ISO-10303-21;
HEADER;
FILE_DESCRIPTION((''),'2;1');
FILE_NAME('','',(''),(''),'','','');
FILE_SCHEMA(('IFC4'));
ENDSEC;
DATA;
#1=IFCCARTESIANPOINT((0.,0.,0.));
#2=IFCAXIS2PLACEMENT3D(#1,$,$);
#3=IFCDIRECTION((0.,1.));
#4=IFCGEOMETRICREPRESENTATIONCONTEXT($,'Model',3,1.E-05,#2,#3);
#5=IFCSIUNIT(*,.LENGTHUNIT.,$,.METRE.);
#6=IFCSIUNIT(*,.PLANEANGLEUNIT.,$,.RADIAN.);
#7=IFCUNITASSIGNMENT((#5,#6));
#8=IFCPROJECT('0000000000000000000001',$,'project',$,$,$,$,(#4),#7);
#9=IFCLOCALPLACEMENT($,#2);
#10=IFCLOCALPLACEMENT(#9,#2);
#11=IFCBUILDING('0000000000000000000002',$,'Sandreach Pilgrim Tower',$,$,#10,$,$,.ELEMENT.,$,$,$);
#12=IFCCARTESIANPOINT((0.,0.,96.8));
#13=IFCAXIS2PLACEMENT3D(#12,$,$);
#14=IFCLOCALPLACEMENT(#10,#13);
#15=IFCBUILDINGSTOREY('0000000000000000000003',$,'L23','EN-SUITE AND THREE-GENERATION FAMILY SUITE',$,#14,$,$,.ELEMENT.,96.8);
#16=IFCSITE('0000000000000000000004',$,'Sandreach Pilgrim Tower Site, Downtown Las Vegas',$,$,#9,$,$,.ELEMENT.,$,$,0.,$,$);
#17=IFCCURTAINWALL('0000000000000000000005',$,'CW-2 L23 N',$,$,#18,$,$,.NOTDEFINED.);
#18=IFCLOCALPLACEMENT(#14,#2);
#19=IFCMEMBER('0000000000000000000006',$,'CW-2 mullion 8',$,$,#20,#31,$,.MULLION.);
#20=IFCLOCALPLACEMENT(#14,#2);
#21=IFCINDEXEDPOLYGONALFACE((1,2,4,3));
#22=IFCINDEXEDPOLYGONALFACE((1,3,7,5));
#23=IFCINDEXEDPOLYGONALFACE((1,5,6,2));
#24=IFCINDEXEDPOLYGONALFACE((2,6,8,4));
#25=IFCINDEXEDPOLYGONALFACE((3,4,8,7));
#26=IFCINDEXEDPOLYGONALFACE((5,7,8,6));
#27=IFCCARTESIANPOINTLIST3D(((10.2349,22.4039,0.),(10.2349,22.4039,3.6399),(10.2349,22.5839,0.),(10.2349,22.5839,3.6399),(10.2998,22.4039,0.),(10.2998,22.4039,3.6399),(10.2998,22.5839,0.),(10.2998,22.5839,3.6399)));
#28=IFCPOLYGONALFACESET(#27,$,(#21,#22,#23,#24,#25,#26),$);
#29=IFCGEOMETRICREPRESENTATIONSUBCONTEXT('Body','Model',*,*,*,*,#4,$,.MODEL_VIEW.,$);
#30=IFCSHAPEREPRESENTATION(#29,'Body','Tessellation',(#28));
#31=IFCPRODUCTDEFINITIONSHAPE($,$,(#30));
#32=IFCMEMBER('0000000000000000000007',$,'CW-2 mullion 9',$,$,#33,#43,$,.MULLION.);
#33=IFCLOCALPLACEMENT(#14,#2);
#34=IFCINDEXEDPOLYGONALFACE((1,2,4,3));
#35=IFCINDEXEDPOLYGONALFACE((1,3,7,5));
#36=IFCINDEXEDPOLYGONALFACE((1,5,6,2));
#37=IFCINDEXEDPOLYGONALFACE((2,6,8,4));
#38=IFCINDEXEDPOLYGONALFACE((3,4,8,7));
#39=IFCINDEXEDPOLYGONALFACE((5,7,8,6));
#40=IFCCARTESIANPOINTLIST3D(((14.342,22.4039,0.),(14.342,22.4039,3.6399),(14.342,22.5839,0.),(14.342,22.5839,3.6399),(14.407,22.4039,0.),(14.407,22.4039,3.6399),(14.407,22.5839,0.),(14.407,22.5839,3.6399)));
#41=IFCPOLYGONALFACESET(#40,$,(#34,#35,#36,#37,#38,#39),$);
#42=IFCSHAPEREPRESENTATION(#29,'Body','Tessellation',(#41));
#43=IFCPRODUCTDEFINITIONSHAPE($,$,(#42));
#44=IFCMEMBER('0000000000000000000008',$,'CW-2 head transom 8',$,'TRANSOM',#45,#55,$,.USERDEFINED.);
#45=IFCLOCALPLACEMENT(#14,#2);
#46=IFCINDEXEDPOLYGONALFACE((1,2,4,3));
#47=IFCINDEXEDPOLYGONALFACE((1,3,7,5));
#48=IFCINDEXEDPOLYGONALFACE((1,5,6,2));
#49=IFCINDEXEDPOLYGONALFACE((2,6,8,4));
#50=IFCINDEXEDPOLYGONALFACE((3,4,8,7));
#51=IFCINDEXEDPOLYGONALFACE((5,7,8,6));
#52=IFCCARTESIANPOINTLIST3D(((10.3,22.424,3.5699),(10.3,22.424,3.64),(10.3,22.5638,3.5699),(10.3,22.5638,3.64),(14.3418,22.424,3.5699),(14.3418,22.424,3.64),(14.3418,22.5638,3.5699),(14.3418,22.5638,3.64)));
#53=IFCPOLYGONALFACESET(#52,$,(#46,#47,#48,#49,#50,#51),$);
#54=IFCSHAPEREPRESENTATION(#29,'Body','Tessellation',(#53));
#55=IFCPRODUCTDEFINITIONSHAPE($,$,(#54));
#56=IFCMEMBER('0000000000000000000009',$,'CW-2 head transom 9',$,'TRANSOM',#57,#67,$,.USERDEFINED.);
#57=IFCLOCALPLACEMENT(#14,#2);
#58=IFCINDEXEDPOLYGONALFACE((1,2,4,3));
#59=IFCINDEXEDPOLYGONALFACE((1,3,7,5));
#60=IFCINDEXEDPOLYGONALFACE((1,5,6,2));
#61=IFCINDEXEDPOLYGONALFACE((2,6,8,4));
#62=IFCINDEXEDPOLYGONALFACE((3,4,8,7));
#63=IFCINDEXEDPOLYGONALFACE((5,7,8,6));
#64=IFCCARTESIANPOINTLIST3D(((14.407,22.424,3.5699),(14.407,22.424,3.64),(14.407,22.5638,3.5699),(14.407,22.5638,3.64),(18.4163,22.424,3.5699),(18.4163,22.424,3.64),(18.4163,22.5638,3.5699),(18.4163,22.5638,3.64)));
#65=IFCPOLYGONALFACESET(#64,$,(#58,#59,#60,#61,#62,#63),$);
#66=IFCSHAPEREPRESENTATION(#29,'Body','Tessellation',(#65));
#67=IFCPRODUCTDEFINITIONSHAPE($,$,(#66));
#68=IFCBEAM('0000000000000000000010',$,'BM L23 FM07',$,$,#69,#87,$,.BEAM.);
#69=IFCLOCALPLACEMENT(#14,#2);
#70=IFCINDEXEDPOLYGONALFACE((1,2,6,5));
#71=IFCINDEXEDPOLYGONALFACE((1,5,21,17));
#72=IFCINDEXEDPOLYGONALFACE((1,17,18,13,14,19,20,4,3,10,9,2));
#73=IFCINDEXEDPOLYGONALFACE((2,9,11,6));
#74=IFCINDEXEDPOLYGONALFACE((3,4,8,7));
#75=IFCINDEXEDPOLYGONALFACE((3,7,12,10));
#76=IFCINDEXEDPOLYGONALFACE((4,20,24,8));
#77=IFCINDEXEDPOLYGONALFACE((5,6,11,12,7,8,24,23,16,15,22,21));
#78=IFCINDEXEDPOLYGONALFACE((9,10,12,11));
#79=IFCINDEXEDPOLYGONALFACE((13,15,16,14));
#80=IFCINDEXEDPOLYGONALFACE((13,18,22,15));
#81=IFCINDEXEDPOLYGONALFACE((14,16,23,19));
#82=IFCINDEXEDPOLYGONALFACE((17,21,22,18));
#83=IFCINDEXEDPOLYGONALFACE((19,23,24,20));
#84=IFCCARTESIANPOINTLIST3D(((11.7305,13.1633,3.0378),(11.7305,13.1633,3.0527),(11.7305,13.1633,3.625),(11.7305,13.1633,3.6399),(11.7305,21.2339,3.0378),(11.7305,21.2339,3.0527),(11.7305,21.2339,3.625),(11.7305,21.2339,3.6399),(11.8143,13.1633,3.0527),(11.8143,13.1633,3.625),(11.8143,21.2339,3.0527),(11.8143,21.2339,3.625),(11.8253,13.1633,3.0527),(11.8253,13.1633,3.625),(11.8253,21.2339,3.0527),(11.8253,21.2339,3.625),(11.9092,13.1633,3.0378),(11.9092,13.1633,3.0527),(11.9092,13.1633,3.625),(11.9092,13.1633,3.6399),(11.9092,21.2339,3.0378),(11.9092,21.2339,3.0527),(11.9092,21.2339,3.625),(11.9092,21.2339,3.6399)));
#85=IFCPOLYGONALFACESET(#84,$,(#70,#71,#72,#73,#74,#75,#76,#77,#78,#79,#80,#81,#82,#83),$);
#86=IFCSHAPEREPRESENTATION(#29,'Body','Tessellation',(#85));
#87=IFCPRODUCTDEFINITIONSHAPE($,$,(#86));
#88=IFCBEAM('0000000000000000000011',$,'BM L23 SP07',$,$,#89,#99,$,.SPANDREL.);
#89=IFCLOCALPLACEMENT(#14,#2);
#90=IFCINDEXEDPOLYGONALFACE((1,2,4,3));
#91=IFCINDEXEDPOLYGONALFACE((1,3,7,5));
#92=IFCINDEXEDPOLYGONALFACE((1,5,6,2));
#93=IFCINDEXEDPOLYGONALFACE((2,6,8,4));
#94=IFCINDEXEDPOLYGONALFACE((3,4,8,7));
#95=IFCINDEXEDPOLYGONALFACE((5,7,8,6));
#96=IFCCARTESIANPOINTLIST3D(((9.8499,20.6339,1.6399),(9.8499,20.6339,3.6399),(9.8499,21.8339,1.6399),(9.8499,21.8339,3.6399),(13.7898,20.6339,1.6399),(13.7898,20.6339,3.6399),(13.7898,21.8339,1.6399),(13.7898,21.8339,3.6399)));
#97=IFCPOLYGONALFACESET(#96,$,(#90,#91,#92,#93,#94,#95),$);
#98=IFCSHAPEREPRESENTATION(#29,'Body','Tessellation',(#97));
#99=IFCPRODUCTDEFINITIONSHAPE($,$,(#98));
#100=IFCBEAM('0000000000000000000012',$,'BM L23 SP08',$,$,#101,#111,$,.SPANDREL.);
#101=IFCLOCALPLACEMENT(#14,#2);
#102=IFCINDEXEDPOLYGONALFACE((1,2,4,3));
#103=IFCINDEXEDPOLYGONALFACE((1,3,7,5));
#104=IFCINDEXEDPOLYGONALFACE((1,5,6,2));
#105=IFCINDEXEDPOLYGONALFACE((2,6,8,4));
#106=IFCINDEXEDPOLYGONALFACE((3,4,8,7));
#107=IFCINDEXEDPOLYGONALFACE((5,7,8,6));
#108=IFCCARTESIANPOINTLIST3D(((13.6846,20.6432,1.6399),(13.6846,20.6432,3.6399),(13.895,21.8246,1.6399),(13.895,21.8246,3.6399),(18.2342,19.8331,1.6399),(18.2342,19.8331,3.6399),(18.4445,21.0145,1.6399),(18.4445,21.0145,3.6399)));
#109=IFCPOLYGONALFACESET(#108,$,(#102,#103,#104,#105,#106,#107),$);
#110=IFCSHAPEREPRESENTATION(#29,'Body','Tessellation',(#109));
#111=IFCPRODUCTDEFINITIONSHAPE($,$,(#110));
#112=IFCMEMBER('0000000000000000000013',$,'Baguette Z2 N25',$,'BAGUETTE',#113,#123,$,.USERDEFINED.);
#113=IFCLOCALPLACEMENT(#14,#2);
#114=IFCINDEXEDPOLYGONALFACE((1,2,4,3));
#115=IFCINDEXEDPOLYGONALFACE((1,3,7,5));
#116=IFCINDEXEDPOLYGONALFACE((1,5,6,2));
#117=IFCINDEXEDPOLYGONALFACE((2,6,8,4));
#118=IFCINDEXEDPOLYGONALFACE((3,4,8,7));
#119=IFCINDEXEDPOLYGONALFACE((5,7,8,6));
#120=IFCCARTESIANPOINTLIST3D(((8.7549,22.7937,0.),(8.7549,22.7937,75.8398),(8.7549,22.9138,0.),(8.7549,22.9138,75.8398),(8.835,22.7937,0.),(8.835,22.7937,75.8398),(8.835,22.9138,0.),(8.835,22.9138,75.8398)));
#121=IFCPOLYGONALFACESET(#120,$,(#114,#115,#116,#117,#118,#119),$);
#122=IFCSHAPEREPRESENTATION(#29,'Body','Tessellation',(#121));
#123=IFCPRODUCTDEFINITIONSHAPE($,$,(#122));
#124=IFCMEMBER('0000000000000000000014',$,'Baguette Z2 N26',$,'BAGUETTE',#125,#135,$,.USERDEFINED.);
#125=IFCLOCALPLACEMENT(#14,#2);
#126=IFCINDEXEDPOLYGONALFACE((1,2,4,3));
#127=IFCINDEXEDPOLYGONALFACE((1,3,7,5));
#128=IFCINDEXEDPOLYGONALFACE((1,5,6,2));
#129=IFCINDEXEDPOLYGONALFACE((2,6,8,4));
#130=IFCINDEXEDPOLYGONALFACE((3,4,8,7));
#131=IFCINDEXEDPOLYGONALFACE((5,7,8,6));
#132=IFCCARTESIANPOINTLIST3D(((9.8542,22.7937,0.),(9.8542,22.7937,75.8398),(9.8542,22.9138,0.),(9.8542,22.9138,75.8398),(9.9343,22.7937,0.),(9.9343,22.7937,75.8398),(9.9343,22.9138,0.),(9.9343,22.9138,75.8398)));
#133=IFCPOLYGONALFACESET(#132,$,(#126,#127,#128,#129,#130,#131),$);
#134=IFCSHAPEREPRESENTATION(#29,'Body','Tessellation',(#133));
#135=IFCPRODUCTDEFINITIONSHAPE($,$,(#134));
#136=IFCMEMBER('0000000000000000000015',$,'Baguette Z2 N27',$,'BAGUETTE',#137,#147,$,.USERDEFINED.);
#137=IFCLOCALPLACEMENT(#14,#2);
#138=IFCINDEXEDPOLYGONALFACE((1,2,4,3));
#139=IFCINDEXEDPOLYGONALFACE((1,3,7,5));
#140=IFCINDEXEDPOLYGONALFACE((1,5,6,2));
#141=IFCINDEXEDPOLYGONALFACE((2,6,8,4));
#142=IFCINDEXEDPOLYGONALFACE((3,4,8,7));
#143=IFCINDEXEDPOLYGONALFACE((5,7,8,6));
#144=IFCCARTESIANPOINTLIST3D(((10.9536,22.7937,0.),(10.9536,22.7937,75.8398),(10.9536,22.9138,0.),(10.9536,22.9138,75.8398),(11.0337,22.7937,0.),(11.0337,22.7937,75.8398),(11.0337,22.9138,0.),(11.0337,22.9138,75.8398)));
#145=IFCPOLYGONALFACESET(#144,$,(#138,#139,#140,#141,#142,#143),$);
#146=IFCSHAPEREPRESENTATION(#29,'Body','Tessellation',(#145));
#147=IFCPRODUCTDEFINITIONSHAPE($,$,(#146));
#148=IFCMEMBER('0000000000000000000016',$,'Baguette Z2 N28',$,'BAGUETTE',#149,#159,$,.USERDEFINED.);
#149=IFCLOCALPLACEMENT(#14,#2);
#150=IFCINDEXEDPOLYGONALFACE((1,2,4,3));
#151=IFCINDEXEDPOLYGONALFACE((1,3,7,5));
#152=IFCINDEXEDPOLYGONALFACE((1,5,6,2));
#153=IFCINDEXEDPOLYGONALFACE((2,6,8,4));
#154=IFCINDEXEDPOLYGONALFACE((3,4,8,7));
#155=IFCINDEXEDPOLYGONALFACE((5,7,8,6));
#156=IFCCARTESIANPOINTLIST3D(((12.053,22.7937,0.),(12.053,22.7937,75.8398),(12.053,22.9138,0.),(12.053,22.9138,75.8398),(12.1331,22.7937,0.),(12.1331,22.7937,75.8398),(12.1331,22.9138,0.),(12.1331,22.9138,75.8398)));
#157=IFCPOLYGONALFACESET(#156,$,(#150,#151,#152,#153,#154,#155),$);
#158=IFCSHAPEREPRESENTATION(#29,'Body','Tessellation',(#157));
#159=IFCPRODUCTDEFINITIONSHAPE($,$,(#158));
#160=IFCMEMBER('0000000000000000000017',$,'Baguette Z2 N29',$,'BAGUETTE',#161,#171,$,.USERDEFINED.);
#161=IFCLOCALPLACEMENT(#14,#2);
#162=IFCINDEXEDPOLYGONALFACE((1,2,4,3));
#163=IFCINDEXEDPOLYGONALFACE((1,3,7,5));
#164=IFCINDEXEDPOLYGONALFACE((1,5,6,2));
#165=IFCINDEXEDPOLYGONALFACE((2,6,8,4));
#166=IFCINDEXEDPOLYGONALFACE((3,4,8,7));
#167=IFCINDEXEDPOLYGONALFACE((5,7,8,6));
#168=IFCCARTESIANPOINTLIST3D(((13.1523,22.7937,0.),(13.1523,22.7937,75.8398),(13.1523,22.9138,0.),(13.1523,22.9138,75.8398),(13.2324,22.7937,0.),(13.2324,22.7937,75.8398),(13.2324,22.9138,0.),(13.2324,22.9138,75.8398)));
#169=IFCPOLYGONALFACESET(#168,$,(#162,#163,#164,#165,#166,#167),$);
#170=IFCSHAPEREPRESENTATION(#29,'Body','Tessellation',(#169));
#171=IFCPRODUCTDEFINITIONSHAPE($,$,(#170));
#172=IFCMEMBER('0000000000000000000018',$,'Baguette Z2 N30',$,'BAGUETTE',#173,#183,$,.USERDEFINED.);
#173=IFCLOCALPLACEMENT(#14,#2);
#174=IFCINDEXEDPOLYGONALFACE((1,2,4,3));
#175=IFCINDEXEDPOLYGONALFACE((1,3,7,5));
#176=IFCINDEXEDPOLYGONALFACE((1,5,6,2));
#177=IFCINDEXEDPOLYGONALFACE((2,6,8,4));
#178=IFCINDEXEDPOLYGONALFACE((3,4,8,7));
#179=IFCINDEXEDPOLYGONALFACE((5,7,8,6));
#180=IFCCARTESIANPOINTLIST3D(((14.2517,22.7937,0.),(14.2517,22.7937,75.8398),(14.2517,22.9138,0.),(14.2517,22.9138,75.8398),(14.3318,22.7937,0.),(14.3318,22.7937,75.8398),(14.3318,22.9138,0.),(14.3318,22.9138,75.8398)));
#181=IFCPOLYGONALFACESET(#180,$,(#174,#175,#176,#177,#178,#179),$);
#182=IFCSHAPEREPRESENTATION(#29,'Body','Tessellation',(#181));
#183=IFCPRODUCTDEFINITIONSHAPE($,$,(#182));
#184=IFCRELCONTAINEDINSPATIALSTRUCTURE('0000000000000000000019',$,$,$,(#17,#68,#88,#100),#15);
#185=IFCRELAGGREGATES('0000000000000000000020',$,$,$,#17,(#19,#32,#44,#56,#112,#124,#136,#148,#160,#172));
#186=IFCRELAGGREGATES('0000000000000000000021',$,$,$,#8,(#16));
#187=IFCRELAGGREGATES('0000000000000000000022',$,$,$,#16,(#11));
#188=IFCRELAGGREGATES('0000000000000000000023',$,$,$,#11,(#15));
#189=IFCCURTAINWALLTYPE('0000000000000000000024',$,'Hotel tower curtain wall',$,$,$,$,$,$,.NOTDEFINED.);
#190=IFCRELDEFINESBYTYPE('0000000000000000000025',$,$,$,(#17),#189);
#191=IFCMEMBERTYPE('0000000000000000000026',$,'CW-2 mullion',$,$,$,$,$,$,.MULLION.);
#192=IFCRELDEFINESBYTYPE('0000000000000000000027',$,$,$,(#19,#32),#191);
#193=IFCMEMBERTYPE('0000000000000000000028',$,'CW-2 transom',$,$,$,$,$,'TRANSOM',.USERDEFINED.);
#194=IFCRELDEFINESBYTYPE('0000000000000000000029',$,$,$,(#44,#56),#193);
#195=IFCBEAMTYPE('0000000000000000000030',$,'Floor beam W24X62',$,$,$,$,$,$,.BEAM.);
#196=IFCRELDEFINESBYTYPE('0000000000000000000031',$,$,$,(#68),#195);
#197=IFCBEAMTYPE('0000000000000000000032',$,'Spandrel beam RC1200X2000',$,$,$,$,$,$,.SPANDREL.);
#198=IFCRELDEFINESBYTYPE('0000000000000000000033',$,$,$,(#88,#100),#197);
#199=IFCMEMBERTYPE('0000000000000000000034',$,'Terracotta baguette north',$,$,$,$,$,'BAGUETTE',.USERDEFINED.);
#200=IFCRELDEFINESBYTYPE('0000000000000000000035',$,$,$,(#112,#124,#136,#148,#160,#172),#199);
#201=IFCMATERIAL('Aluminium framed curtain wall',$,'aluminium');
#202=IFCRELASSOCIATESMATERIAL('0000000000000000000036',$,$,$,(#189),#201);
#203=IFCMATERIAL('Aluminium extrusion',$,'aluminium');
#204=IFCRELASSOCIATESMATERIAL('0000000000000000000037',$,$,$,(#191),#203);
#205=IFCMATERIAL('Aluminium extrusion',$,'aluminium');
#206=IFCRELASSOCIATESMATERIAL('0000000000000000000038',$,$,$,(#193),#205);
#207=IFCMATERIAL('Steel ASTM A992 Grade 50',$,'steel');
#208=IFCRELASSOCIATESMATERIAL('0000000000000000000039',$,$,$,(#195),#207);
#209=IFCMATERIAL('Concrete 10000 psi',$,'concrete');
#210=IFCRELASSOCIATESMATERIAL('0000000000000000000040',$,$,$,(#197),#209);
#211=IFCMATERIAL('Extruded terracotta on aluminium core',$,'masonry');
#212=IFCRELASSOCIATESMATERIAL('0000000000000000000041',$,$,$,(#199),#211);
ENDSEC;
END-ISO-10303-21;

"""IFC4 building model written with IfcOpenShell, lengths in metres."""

from ifc_helpers import new_model, si_unit, direction, frame, origin, origin_2d, place, context, subcontext, project, spatial, rectangle, i_section, extrude, material, material_profile, profile_set, type_object, element, aggregate, save


model = new_model("IFC4")

# Units and contexts
model_context = context("Model", 3, precision=1e-05, world=origin(), true_north=direction((0.0, 1.0)))
body_context = subcontext(model_context, "Body", "Model", "MODEL_VIEW")
ifc_project = project(units=[si_unit("LENGTHUNIT", "METRE"), si_unit("PLANEANGLEUNIT", "RADIAN")], contexts=[model_context])

# Site, building, storey
site_placement = place(None, origin())
site = spatial("IfcSite", under=ifc_project, at=site_placement, Name="Sandreach Pilgrim Tower Site, Downtown Las Vegas", CompositionType="ELEMENT", RefElevation=0.0)
building_placement = place(site_placement, origin())
building = spatial("IfcBuilding", under=site, at=building_placement, Name="Sandreach Pilgrim Tower", CompositionType="ELEMENT")
storey_placement = place(building_placement, frame((0.0, 0.0, 96.8)))
storey = spatial("IfcBuildingStorey", under=building, at=storey_placement, Name="L23", Description="EN-SUITE AND THREE-GENERATION FAMILY SUITE", CompositionType="ELEMENT", Elevation=96.8)

# Curtain wall, members
ifc_material_1 = material(Name="Aluminium framed curtain wall", Category="aluminium")
curtain_wall_type = type_object("IfcCurtainWallType", Name="Hotel tower curtain wall", PredefinedType="NOTDEFINED", material=ifc_material_1)
curtain_wall_placement = place(storey_placement, origin())
curtain_wall = element("IfcCurtainWall", 1, at=curtain_wall_placement, inside=storey, type_object=curtain_wall_type, Name="CW-2 L23 N", PredefinedType="NOTDEFINED")
ifc_material_2 = material(Name="Aluminium extrusion", Category="aluminium")
ifc_material_profile_1 = material_profile(ifc_material_2, rectangle(XDim=0.0649, YDim=0.1799, at=origin_2d()), Name="CW-2M 65X180")
ifc_profile_set_1 = profile_set([ifc_material_profile_1], Name="Aluminium extrusion")
member_type_1 = type_object("IfcMemberType", Name="CW-2 mullion", PredefinedType="MULLION", material=ifc_profile_set_1)
member_1_placement = place(storey_placement, frame((10.2673, 22.4939, 0.0), z_axis=(0.0, 0.0, 1.0), x_axis=(1.0, 0.0, 0.0)))
member_1 = element("IfcMember", 2, at=member_1_placement, type_object=member_type_1, Name="CW-2 mullion 8", PredefinedType="MULLION", context=body_context, shape_type="SweptSolid", body=[
    extrude(rectangle(XDim=0.0649, YDim=0.1799, at=origin_2d()), origin(), (0.0, 0.0, 1.0), 3.6399),
])
member_2_placement = place(storey_placement, frame((14.3745, 22.4939, 0.0), z_axis=(0.0, 0.0, 1.0), x_axis=(1.0, 0.0, 0.0)))
member_2 = element("IfcMember", 3, at=member_2_placement, type_object=member_type_1, Name="CW-2 mullion 9", PredefinedType="MULLION", context=body_context, shape_type="SweptSolid", body=[
    extrude(rectangle(XDim=0.0649, YDim=0.1799, at=origin_2d()), origin(), (0.0, 0.0, 1.0), 3.6399),
])
ifc_material_3 = material(Name="Aluminium extrusion", Category="aluminium")
ifc_material_profile_2 = material_profile(ifc_material_3, rectangle(XDim=0.1399, YDim=0.0701, at=origin_2d()), Name="CW-2T 140X70")
ifc_profile_set_2 = profile_set([ifc_material_profile_2], Name="Aluminium extrusion")
member_type_2 = type_object("IfcMemberType", Name="CW-2 transom", ElementType="TRANSOM", PredefinedType="USERDEFINED", material=ifc_profile_set_2)
member_3_placement = place(storey_placement, frame((10.3, 22.4939, 3.605), z_axis=(1.0, 0.0, 0.0), x_axis=(0.0, 1.0, 0.0)))
member_3 = element("IfcMember", 4, at=member_3_placement, type_object=member_type_2, Name="CW-2 head transom 8", ObjectType="TRANSOM", PredefinedType="USERDEFINED", context=body_context, shape_type="SweptSolid", body=[
    extrude(rectangle(XDim=0.1399, YDim=0.0701, at=origin_2d()), origin(), (0.0, 0.0, 1.0), 4.0417),
])
member_4_placement = place(storey_placement, frame((14.407, 22.4939, 3.605), z_axis=(1.0, 0.0, 0.0), x_axis=(0.0, 1.0, 0.0)))
member_4 = element("IfcMember", 5, at=member_4_placement, type_object=member_type_2, Name="CW-2 head transom 9", ObjectType="TRANSOM", PredefinedType="USERDEFINED", context=body_context, shape_type="SweptSolid", body=[
    extrude(rectangle(XDim=0.1399, YDim=0.0701, at=origin_2d()), origin(), (0.0, 0.0, 1.0), 4.0093),
])

# Beams
ifc_material_4 = material(Name="Steel ASTM A992 Grade 50", Category="steel")
ifc_material_profile_3 = material_profile(ifc_material_4, i_section(OverallWidth=0.1787, OverallDepth=0.6021, WebThickness=0.011, FlangeThickness=0.0149, at=origin_2d()), Name="W24X62")
ifc_profile_set_3 = profile_set([ifc_material_profile_3], Name="Steel ASTM A992 Grade 50")
beam_type_1 = type_object("IfcBeamType", Name="Floor beam W24X62", PredefinedType="BEAM", material=ifc_profile_set_3)
beam_1_placement = place(storey_placement, frame((11.8198, 21.2339, 3.3389), z_axis=(0.0, -1.0, 0.0), x_axis=(1.0, 0.0, 0.0)))
element("IfcBeam", 6, at=beam_1_placement, inside=storey, type_object=beam_type_1, Name="BM L23 FM07", PredefinedType="BEAM", context=body_context, shape_type="SweptSolid", body=[
    extrude(i_section(OverallWidth=0.1787, OverallDepth=0.6021, WebThickness=0.011, FlangeThickness=0.0149, at=origin_2d()), origin(), (0.0, 0.0, 1.0), 8.0706),
])
ifc_material_5 = material(Name="Concrete 10000 psi", Category="concrete")
ifc_material_profile_4 = material_profile(ifc_material_5, rectangle(XDim=1.2, YDim=2.0, at=origin_2d()), Name="RC1200X2000")
ifc_profile_set_4 = profile_set([ifc_material_profile_4], Name="Concrete 10000 psi")
beam_type_2 = type_object("IfcBeamType", Name="Spandrel beam RC1200X2000", PredefinedType="SPANDREL", material=ifc_profile_set_4)
beam_2_placement = place(storey_placement, frame((9.8499, 21.2339, 2.6399), z_axis=(1.0, 0.0, 0.0), x_axis=(0.0, 1.0, 0.0)))
element("IfcBeam", 7, at=beam_2_placement, inside=storey, type_object=beam_type_2, Name="BM L23 SP07", PredefinedType="SPANDREL", context=body_context, shape_type="SweptSolid", body=[
    extrude(rectangle(XDim=1.2, YDim=2.0, at=origin_2d()), origin(), (0.0, 0.0, 1.0), 3.9399),
])
beam_3_placement = place(storey_placement, frame((13.7898, 21.2339, 2.6399), z_axis=(0.984516, -0.175295, 0.0), x_axis=(0.175295, 0.984516, 0.0)))
element("IfcBeam", 8, at=beam_3_placement, inside=storey, type_object=beam_type_2, Name="BM L23 SP08", PredefinedType="SPANDREL", context=body_context, shape_type="SweptSolid", body=[
    extrude(rectangle(XDim=1.2, YDim=2.0, at=origin_2d()), origin(), (0.0, 0.0, 1.0), 4.6211),
])

# Members
ifc_material_6 = material(Name="Extruded terracotta on aluminium core", Category="masonry")
ifc_material_profile_5 = material_profile(ifc_material_6, rectangle(XDim=0.0801, YDim=0.1201, at=origin_2d()), Name="TBN 80X120")
ifc_profile_set_5 = profile_set([ifc_material_profile_5], Name="Extruded terracotta on aluminium core")
member_type_3 = type_object("IfcMemberType", Name="Terracotta baguette north", ElementType="BAGUETTE", PredefinedType="USERDEFINED", material=ifc_profile_set_5)
member_5_placement = place(storey_placement, frame((8.7949, 22.8538, 0.0), z_axis=(0.0, 0.0, 1.0), x_axis=(1.0, 0.0, 0.0)))
member_5 = element("IfcMember", 9, at=member_5_placement, type_object=member_type_3, Name="Baguette Z2 N25", ObjectType="BAGUETTE", PredefinedType="USERDEFINED", context=body_context, shape_type="SweptSolid", body=[
    extrude(rectangle(XDim=0.0801, YDim=0.1201, at=origin_2d()), origin(), (0.0, 0.0, 1.0), 75.8398),
])
member_6_placement = place(storey_placement, frame((9.8943, 22.8538, 0.0), z_axis=(0.0, 0.0, 1.0), x_axis=(1.0, 0.0, 0.0)))
member_6 = element("IfcMember", 10, at=member_6_placement, type_object=member_type_3, Name="Baguette Z2 N26", ObjectType="BAGUETTE", PredefinedType="USERDEFINED", context=body_context, shape_type="SweptSolid", body=[
    extrude(rectangle(XDim=0.0801, YDim=0.1201, at=origin_2d()), origin(), (0.0, 0.0, 1.0), 75.8398),
])
member_7_placement = place(storey_placement, frame((10.9937, 22.8538, 0.0), z_axis=(0.0, 0.0, 1.0), x_axis=(1.0, 0.0, 0.0)))
member_7 = element("IfcMember", 11, at=member_7_placement, type_object=member_type_3, Name="Baguette Z2 N27", ObjectType="BAGUETTE", PredefinedType="USERDEFINED", context=body_context, shape_type="SweptSolid", body=[
    extrude(rectangle(XDim=0.0801, YDim=0.1201, at=origin_2d()), origin(), (0.0, 0.0, 1.0), 75.8398),
])
member_8_placement = place(storey_placement, frame((12.093, 22.8538, 0.0), z_axis=(0.0, 0.0, 1.0), x_axis=(1.0, 0.0, 0.0)))
member_8 = element("IfcMember", 12, at=member_8_placement, type_object=member_type_3, Name="Baguette Z2 N28", ObjectType="BAGUETTE", PredefinedType="USERDEFINED", context=body_context, shape_type="SweptSolid", body=[
    extrude(rectangle(XDim=0.0801, YDim=0.1201, at=origin_2d()), origin(), (0.0, 0.0, 1.0), 75.8398),
])
member_9_placement = place(storey_placement, frame((13.1924, 22.8538, 0.0), z_axis=(0.0, 0.0, 1.0), x_axis=(1.0, 0.0, 0.0)))
member_9 = element("IfcMember", 13, at=member_9_placement, type_object=member_type_3, Name="Baguette Z2 N29", ObjectType="BAGUETTE", PredefinedType="USERDEFINED", context=body_context, shape_type="SweptSolid", body=[
    extrude(rectangle(XDim=0.0801, YDim=0.1201, at=origin_2d()), origin(), (0.0, 0.0, 1.0), 75.8398),
])
member_10_placement = place(storey_placement, frame((14.2917, 22.8538, 0.0), z_axis=(0.0, 0.0, 1.0), x_axis=(1.0, 0.0, 0.0)))
member_10 = element("IfcMember", 14, at=member_10_placement, type_object=member_type_3, Name="Baguette Z2 N30", ObjectType="BAGUETTE", PredefinedType="USERDEFINED", context=body_context, shape_type="SweptSolid", body=[
    extrude(rectangle(XDim=0.0801, YDim=0.1201, at=origin_2d()), origin(), (0.0, 0.0, 1.0), 75.8398),
])

aggregate(curtain_wall, [member_1, member_2, member_3, member_4, member_5, member_6, member_7, member_8, member_9, member_10])

save(model, "model.ifc")
